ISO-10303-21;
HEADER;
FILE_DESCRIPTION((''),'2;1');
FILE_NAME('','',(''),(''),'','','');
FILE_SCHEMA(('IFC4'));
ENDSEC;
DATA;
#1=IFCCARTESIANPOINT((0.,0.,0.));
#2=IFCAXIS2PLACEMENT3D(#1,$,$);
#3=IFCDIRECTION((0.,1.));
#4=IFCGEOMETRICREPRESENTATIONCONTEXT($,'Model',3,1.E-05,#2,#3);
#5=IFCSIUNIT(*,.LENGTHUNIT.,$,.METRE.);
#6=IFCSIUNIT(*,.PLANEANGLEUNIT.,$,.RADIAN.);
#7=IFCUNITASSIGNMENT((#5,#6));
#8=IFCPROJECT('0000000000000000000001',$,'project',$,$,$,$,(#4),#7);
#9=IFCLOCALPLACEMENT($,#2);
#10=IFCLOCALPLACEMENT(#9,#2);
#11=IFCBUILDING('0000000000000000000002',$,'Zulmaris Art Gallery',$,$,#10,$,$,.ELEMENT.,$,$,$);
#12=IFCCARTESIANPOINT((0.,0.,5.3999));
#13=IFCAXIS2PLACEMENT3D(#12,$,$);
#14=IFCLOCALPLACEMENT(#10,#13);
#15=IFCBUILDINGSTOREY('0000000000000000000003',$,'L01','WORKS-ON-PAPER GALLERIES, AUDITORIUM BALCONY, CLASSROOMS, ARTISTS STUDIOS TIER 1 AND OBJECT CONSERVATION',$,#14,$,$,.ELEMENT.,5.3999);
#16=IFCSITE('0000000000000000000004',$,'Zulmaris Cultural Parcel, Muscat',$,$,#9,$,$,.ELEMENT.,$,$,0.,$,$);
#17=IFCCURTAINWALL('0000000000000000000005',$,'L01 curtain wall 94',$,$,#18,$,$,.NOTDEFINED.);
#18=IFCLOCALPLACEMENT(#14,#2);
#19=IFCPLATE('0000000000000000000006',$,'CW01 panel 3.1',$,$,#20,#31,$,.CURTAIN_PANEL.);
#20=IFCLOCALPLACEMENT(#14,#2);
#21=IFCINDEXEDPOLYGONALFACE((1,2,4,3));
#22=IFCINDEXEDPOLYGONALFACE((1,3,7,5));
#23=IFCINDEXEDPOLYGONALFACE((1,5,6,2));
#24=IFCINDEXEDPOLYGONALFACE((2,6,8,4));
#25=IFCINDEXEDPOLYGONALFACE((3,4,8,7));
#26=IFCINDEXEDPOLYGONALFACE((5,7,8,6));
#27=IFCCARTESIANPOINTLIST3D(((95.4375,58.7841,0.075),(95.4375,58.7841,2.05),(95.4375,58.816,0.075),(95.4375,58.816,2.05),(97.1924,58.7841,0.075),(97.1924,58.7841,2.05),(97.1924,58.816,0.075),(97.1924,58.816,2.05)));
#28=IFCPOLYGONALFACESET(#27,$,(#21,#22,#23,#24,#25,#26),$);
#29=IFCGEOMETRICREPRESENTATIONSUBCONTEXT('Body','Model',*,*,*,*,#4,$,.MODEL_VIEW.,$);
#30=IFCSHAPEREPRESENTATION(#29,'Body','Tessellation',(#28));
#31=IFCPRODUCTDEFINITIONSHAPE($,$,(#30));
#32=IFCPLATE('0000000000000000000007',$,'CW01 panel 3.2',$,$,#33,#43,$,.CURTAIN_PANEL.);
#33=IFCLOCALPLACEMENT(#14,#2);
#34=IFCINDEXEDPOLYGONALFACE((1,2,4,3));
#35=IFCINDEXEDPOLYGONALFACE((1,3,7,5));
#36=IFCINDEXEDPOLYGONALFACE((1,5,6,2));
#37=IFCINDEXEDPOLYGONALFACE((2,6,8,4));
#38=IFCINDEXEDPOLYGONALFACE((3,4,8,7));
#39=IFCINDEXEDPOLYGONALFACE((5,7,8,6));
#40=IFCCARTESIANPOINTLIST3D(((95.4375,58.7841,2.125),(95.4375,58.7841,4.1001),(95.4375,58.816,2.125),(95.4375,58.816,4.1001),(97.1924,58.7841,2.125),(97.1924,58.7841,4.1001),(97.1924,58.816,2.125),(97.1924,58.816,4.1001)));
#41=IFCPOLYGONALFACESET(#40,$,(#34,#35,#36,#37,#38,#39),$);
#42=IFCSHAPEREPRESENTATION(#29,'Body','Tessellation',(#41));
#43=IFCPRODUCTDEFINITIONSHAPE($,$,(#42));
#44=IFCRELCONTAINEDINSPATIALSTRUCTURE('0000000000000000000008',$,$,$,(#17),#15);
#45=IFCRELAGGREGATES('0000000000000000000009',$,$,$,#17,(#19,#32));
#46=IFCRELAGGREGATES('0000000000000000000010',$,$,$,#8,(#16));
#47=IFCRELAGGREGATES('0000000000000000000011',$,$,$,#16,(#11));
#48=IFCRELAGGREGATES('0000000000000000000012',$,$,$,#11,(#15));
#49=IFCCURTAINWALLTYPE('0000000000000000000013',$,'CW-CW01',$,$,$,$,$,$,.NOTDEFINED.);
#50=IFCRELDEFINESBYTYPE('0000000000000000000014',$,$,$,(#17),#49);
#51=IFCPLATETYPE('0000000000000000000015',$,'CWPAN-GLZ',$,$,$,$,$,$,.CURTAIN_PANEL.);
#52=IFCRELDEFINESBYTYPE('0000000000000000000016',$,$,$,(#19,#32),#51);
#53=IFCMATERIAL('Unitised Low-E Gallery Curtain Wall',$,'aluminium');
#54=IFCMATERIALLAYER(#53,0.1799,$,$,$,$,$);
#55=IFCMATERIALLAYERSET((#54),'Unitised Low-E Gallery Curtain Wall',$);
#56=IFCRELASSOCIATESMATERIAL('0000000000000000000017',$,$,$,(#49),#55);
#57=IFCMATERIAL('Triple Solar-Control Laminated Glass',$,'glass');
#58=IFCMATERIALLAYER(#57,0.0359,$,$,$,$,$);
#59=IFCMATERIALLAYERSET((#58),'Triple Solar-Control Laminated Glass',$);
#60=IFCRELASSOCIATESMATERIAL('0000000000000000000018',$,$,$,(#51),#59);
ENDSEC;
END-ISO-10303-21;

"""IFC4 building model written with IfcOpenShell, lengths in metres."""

from ifc_helpers import new_model, si_unit, direction, frame, origin, origin_2d, place, context, subcontext, project, spatial, rectangle, extrude, material, layer, layer_set, type_object, element, aggregate, save


model = new_model("IFC4")

# Units and contexts
model_context = context("Model", 3, precision=1e-05, world=origin(), true_north=direction((0.0, 1.0)))
body_context = subcontext(model_context, "Body", "Model", "MODEL_VIEW")
ifc_project = project(units=[si_unit("LENGTHUNIT", "METRE"), si_unit("PLANEANGLEUNIT", "RADIAN")], contexts=[model_context])

# Site, building, storey
site_placement = place(None, origin())
site = spatial("IfcSite", under=ifc_project, at=site_placement, Name="Zulmaris Cultural Parcel, Muscat", CompositionType="ELEMENT", RefElevation=0.0)
building_placement = place(site_placement, origin())
building = spatial("IfcBuilding", under=site, at=building_placement, Name="Zulmaris Art Gallery", CompositionType="ELEMENT")
storey_placement = place(building_placement, frame((0.0, 0.0, 5.3999)))
storey = spatial("IfcBuildingStorey", under=building, at=storey_placement, Name="L01", Description="WORKS-ON-PAPER GALLERIES, AUDITORIUM BALCONY, CLASSROOMS, ARTISTS STUDIOS TIER 1 AND OBJECT CONSERVATION", CompositionType="ELEMENT", Elevation=5.3999)

# Curtain wall
ifc_material_1 = material(Name="Unitised Low-E Gallery Curtain Wall", Category="aluminium")
ifc_layer_1 = layer(ifc_material_1, 0.1799)
ifc_layer_set_1 = layer_set([ifc_layer_1], Name="Unitised Low-E Gallery Curtain Wall")
curtain_wall_type_1 = type_object("IfcCurtainWallType", Name="CW-CW01", PredefinedType="NOTDEFINED", material=ifc_layer_set_1)
curtain_wall_1_placement = place(storey_placement, origin())
curtain_wall_1 = element("IfcCurtainWall", 1, at=curtain_wall_1_placement, inside=storey, type_object=curtain_wall_type_1, Name="L01 curtain wall 94", PredefinedType="NOTDEFINED")

# Plates
ifc_material_2 = material(Name="Triple Solar-Control Laminated Glass", Category="glass")
ifc_layer_2 = layer(ifc_material_2, 0.0359)
ifc_layer_set_2 = layer_set([ifc_layer_2], Name="Triple Solar-Control Laminated Glass")
plate_type = type_object("IfcPlateType", Name="CWPAN-GLZ", PredefinedType="CURTAIN_PANEL", material=ifc_layer_set_2)
plate_1_placement = place(storey_placement, frame((96.3149, 58.8, 0.075), z_axis=(0.0, 0.0, 1.0), x_axis=(1.0, 0.0, 0.0)))
plate_1 = element("IfcPlate", 2, at=plate_1_placement, type_object=plate_type, Name="CW01 panel 3.1", PredefinedType="CURTAIN_PANEL", context=body_context, shape_type="SweptSolid", body=[
    extrude(rectangle(XDim=1.7549, YDim=0.032, at=origin_2d()), origin(), (0.0, 0.0, 1.0), 1.9751),
])
plate_2_placement = place(storey_placement, frame((96.3149, 58.8, 2.125), z_axis=(0.0, 0.0, 1.0), x_axis=(1.0, 0.0, 0.0)))
plate_2 = element("IfcPlate", 3, at=plate_2_placement, type_object=plate_type, Name="CW01 panel 3.2", PredefinedType="CURTAIN_PANEL", context=body_context, shape_type="SweptSolid", body=[
    extrude(rectangle(XDim=1.7549, YDim=0.032, at=origin_2d()), origin(), (0.0, 0.0, 1.0), 1.9751),
])
aggregate(curtain_wall_1, [plate_1, plate_2])

save(model, "model.ifc")
